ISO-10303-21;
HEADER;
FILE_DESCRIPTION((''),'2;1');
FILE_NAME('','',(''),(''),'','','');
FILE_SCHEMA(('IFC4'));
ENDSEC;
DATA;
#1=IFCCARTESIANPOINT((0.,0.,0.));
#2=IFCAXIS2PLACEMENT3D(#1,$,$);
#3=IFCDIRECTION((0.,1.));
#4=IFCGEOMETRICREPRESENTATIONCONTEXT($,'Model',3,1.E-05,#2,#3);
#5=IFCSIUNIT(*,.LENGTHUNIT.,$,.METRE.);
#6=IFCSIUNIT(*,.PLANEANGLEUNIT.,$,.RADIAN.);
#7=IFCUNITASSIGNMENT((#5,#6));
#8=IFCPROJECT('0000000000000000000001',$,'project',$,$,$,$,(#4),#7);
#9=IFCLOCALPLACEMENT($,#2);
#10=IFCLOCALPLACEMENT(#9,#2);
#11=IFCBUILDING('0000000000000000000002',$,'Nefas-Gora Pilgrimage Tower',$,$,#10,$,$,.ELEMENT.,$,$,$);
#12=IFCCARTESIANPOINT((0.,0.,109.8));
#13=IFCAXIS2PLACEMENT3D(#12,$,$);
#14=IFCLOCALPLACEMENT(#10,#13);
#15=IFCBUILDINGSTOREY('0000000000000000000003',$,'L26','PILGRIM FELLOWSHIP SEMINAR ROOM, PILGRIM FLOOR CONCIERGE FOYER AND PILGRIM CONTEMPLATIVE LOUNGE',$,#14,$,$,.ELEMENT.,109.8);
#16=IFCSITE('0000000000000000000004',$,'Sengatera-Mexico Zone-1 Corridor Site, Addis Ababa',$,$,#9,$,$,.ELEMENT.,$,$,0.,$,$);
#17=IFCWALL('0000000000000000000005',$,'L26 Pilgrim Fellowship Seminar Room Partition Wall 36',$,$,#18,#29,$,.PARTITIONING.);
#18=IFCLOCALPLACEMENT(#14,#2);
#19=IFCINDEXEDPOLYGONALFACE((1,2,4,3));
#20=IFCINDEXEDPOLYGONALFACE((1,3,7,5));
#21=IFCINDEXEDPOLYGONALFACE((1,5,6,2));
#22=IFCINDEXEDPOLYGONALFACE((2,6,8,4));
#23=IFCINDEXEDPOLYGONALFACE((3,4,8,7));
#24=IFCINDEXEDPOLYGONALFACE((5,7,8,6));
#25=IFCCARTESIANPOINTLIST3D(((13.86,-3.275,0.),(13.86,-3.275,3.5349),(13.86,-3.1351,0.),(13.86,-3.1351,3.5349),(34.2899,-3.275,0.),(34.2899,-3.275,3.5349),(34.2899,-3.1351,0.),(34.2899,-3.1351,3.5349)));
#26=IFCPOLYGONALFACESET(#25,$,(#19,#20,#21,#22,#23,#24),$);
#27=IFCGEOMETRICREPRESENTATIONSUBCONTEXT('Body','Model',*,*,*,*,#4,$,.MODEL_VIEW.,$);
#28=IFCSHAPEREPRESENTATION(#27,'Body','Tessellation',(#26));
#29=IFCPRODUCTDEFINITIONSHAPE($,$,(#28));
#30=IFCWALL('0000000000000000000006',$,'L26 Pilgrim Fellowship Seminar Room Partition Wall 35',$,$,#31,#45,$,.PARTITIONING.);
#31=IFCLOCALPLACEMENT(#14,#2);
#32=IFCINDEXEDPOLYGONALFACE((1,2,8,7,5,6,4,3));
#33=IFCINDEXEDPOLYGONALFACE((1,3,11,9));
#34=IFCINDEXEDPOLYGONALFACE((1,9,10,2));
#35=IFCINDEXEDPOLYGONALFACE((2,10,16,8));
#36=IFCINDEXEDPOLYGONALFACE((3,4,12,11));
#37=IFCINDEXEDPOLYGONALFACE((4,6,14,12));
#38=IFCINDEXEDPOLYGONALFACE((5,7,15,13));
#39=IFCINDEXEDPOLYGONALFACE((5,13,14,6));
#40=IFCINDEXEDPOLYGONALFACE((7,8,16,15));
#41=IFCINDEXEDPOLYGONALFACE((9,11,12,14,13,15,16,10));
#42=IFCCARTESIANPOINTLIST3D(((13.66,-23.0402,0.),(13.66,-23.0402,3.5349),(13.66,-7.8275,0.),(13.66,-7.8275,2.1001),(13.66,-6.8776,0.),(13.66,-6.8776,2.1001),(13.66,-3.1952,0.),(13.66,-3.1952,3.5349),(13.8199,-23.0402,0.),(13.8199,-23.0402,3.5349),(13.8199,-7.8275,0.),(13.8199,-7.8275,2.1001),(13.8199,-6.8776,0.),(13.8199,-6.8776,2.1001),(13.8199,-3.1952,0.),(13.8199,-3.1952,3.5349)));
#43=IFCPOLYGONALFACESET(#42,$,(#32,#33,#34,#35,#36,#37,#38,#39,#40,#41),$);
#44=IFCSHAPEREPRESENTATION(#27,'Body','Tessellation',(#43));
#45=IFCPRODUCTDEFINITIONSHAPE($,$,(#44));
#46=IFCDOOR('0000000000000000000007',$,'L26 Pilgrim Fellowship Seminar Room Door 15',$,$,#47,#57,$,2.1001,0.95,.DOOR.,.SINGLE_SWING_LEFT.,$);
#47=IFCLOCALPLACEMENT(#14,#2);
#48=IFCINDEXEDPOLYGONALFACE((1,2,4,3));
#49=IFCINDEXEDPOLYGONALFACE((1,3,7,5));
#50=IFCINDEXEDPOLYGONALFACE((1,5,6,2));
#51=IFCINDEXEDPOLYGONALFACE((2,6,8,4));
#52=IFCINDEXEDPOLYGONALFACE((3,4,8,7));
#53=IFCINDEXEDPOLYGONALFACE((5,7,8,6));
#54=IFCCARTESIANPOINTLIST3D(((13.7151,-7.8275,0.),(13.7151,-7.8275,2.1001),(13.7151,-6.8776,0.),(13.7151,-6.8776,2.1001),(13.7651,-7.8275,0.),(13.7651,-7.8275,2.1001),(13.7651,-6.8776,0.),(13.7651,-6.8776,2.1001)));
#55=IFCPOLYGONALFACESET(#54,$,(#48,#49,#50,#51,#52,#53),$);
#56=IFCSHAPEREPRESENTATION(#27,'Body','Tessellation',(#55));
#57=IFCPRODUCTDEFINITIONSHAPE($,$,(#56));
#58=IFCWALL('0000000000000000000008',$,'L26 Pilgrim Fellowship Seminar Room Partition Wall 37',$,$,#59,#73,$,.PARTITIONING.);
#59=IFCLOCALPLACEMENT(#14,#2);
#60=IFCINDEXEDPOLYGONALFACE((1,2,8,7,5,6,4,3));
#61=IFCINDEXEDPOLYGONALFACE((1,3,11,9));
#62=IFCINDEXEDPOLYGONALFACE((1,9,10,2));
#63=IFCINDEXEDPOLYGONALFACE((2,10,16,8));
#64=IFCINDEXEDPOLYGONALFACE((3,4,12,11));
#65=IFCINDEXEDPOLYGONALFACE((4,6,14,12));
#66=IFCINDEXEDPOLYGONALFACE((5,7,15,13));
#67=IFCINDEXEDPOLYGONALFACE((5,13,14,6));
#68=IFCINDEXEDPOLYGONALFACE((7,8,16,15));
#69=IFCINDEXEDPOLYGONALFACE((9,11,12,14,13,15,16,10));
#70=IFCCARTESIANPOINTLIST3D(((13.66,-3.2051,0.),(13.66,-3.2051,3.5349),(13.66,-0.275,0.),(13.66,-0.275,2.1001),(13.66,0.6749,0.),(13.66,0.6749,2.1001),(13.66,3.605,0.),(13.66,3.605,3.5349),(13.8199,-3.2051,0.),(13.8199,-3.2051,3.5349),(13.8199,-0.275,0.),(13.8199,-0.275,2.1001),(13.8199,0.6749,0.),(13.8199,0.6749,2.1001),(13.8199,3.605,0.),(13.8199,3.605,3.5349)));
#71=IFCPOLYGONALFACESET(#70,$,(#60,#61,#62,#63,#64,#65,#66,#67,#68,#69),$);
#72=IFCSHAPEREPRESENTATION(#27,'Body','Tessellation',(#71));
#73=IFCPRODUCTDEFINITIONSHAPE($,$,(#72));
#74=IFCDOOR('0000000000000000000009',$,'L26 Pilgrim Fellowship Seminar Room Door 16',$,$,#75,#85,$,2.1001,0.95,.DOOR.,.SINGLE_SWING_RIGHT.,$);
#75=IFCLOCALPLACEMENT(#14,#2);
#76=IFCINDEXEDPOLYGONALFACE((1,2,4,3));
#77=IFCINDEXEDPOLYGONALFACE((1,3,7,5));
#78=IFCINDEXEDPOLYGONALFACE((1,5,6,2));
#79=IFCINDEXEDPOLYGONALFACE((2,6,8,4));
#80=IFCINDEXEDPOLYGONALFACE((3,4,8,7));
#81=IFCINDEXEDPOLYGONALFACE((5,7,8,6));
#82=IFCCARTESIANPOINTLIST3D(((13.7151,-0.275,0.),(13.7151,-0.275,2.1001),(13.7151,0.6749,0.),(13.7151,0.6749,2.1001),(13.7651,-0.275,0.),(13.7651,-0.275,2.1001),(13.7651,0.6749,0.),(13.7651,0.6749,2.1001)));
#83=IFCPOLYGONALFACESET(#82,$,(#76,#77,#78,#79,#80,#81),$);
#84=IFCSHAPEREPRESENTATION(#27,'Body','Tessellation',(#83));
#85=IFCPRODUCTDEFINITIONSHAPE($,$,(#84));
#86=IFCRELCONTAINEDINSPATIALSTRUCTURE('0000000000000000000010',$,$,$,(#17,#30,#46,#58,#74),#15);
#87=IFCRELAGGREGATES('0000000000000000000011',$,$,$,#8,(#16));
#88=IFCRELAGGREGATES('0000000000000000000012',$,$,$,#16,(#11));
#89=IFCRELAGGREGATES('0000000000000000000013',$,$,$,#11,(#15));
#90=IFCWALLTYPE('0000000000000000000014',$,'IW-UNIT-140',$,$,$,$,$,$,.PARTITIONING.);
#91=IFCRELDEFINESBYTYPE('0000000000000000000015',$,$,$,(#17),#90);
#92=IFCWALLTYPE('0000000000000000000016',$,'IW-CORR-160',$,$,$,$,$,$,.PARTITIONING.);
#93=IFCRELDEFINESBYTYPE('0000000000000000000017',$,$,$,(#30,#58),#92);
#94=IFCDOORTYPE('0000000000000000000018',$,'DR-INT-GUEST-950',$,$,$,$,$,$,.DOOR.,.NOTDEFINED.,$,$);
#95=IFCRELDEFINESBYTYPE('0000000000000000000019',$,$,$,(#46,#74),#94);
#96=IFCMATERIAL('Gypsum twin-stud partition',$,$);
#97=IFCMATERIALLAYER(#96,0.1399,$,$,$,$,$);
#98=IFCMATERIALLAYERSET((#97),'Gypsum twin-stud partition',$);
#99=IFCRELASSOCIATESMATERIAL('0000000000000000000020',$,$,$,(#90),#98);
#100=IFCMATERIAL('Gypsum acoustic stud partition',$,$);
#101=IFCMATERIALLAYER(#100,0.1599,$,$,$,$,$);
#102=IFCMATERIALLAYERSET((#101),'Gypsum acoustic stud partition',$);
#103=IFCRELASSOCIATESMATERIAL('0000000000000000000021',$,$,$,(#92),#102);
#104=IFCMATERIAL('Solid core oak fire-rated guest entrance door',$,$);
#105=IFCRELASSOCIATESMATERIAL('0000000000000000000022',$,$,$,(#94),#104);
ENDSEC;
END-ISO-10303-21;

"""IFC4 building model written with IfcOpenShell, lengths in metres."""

from ifc_helpers import new_model, si_unit, direction, frame, frame_2d, origin, place, context, subcontext, project, spatial, rectangle, extrude, source, transform, mapped, material, layer, layer_set, type_object, element, fill, save


model = new_model("IFC4")

# Units and contexts
model_context = context("Model", 3, precision=1e-05, world=origin(), true_north=direction((0.0, 1.0)))
body_context = subcontext(model_context, "Body", "Model", "MODEL_VIEW")
ifc_project = project(units=[si_unit("LENGTHUNIT", "METRE"), si_unit("PLANEANGLEUNIT", "RADIAN")], contexts=[model_context])

# Site, building, storey
site_placement = place(None, origin())
site = spatial("IfcSite", under=ifc_project, at=site_placement, Name="Sengatera-Mexico Zone-1 Corridor Site, Addis Ababa", CompositionType="ELEMENT", RefElevation=0.0)
building_placement = place(site_placement, origin())
building = spatial("IfcBuilding", under=site, at=building_placement, Name="Nefas-Gora Pilgrimage Tower", CompositionType="ELEMENT")
storey_placement = place(building_placement, frame((0.0, 0.0, 109.8)))
storey = spatial("IfcBuildingStorey", under=building, at=storey_placement, Name="L26", Description="PILGRIM FELLOWSHIP SEMINAR ROOM, PILGRIM FLOOR CONCIERGE FOYER AND PILGRIM CONTEMPLATIVE LOUNGE", CompositionType="ELEMENT", Elevation=109.8)

# Wall
ifc_material_1 = material(Name="Gypsum twin-stud partition")
ifc_layer_1 = layer(ifc_material_1, 0.1399)
ifc_layer_set_1 = layer_set([ifc_layer_1], Name="Gypsum twin-stud partition")
wall_type_1 = type_object("IfcWallType", Name="IW-UNIT-140", PredefinedType="PARTITIONING", material=ifc_layer_set_1)
shared_shape_1 = source(origin(), body_context, "Body", "SweptSolid", [
    extrude(rectangle(XDim=20.4299, YDim=0.1399, at=frame_2d((10.2148, 0.0))), origin(), (0.0, 0.0, 1.0), 3.5349),
])
wall_1_placement = place(storey_placement, frame((13.8601, -3.2051, 0.0), z_axis=(0.0, 0.0, 1.0), x_axis=(1.0, 0.0, 0.0)))
element("IfcWall", 1, at=wall_1_placement, inside=storey, type_object=wall_type_1, Name="L26 Pilgrim Fellowship Seminar Room Partition Wall 36", PredefinedType="PARTITIONING", context=body_context, shape_type="MappedRepresentation", body=[
    mapped(shared_shape_1, transform((0.0, 0.0, 0.0), x_axis=(1.0, 0.0, 0.0), y_axis=(0.0, 1.0, 0.0), z_axis=(0.0, 0.0, 1.0), scale=1.0)),
])

# Walls, openings, doors
ifc_material_2 = material(Name="Gypsum acoustic stud partition")
ifc_layer_2 = layer(ifc_material_2, 0.1599)
ifc_layer_set_2 = layer_set([ifc_layer_2], Name="Gypsum acoustic stud partition")
wall_type_2 = type_object("IfcWallType", Name="IW-CORR-160", PredefinedType="PARTITIONING", material=ifc_layer_set_2)
shared_shape_2 = source(origin(), body_context, "Body", "SweptSolid", [
    extrude(rectangle(XDim=19.845, YDim=0.1599, at=frame_2d((9.9224, 0.0))), origin(), (0.0, 0.0, 1.0), 3.5349),
])
wall_2_placement = place(storey_placement, frame((13.74, -23.04, 0.0), z_axis=(0.0, 0.0, 1.0), x_axis=(0.0, 1.0, 0.0)))
wall_2 = element("IfcWall", 2, at=wall_2_placement, inside=storey, type_object=wall_type_2, Name="L26 Pilgrim Fellowship Seminar Room Partition Wall 35", PredefinedType="PARTITIONING", context=body_context, shape_type="MappedRepresentation", body=[
    mapped(shared_shape_2, transform((0.0, 0.0, 0.0), x_axis=(1.0, 0.0, 0.0), y_axis=(0.0, 1.0, 0.0), z_axis=(0.0, 0.0, 1.0), scale=1.0)),
])
opening_1_placement = place(wall_2_placement, frame((15.2124, 0.0, 0.0)))
opening_1 = element("IfcOpeningElement", 3, at=opening_1_placement, cuts=wall_2, PredefinedType="OPENING", context=body_context, shape_type="SweptSolid", body=[
    extrude(rectangle(XDim=0.95, YDim=2.1001, at=frame_2d((0.4751, 1.05))), frame((0.0, 0.0898, 0.0), z_axis=(0.0, -1.0, 0.0), x_axis=(1.0, 0.0, 0.0)), (0.0, 0.0, 1.0), 0.1799),
])
ifc_material_3 = material(Name="Solid core oak fire-rated guest entrance door")
door_type = type_object("IfcDoorType", Name="DR-INT-GUEST-950", OperationType="NOTDEFINED", PredefinedType="DOOR", material=ifc_material_3)
shared_shape_3 = source(origin(), body_context, "Body", "SweptSolid", [
    extrude(rectangle(XDim=0.95, YDim=2.1001, at=frame_2d((0.4751, 1.05))), frame((0.0, 0.0249, 0.0), z_axis=(0.0, -1.0, 0.0), x_axis=(1.0, 0.0, 0.0)), (0.0, 0.0, 1.0), 0.05),
])
door_1_placement = place(opening_1_placement, origin())
door_1 = element("IfcDoor", 4, at=door_1_placement, inside=storey, type_object=door_type, Name="L26 Pilgrim Fellowship Seminar Room Door 15", OperationType="SINGLE_SWING_LEFT", OverallHeight=2.1001, OverallWidth=0.95, PredefinedType="DOOR", context=body_context, shape_type="MappedRepresentation", body=[
    mapped(shared_shape_3, transform((0.0, 0.0, 0.0), x_axis=(1.0, 0.0, 0.0), y_axis=(0.0, 1.0, 0.0), z_axis=(0.0, 0.0, 1.0), scale=1.0)),
])
fill(opening_1, door_1)
shared_shape_4 = source(origin(), body_context, "Body", "SweptSolid", [
    extrude(rectangle(XDim=6.8101, YDim=0.1599, at=frame_2d((3.405, 0.0))), origin(), (0.0, 0.0, 1.0), 3.5349),
])
wall_3_placement = place(storey_placement, frame((13.74, -3.2051, 0.0), z_axis=(0.0, 0.0, 1.0), x_axis=(0.0, 1.0, 0.0)))
wall_3 = element("IfcWall", 5, at=wall_3_placement, inside=storey, type_object=wall_type_2, Name="L26 Pilgrim Fellowship Seminar Room Partition Wall 37", PredefinedType="PARTITIONING", context=body_context, shape_type="MappedRepresentation", body=[
    mapped(shared_shape_4, transform((0.0, 0.0, 0.0), x_axis=(1.0, 0.0, 0.0), y_axis=(0.0, 1.0, 0.0), z_axis=(0.0, 0.0, 1.0), scale=1.0)),
])
opening_2_placement = place(wall_3_placement, frame((2.9299, 0.0, 0.0)))
opening_2 = element("IfcOpeningElement", 6, at=opening_2_placement, cuts=wall_3, PredefinedType="OPENING", context=body_context, shape_type="SweptSolid", body=[
    extrude(rectangle(XDim=0.95, YDim=2.1001, at=frame_2d((0.4751, 1.05))), frame((0.0, 0.0898, 0.0), z_axis=(0.0, -1.0, 0.0), x_axis=(1.0, 0.0, 0.0)), (0.0, 0.0, 1.0), 0.1799),
])
door_2_placement = place(opening_2_placement, origin())
door_2 = element("IfcDoor", 7, at=door_2_placement, inside=storey, type_object=door_type, Name="L26 Pilgrim Fellowship Seminar Room Door 16", OperationType="SINGLE_SWING_RIGHT", OverallHeight=2.1001, OverallWidth=0.95, PredefinedType="DOOR", context=body_context, shape_type="MappedRepresentation", body=[
    mapped(shared_shape_3, transform((0.0, 0.0, 0.0), x_axis=(1.0, 0.0, 0.0), y_axis=(0.0, 1.0, 0.0), z_axis=(0.0, 0.0, 1.0), scale=1.0)),
])
fill(opening_2, door_2)

save(model, "model.ifc")
